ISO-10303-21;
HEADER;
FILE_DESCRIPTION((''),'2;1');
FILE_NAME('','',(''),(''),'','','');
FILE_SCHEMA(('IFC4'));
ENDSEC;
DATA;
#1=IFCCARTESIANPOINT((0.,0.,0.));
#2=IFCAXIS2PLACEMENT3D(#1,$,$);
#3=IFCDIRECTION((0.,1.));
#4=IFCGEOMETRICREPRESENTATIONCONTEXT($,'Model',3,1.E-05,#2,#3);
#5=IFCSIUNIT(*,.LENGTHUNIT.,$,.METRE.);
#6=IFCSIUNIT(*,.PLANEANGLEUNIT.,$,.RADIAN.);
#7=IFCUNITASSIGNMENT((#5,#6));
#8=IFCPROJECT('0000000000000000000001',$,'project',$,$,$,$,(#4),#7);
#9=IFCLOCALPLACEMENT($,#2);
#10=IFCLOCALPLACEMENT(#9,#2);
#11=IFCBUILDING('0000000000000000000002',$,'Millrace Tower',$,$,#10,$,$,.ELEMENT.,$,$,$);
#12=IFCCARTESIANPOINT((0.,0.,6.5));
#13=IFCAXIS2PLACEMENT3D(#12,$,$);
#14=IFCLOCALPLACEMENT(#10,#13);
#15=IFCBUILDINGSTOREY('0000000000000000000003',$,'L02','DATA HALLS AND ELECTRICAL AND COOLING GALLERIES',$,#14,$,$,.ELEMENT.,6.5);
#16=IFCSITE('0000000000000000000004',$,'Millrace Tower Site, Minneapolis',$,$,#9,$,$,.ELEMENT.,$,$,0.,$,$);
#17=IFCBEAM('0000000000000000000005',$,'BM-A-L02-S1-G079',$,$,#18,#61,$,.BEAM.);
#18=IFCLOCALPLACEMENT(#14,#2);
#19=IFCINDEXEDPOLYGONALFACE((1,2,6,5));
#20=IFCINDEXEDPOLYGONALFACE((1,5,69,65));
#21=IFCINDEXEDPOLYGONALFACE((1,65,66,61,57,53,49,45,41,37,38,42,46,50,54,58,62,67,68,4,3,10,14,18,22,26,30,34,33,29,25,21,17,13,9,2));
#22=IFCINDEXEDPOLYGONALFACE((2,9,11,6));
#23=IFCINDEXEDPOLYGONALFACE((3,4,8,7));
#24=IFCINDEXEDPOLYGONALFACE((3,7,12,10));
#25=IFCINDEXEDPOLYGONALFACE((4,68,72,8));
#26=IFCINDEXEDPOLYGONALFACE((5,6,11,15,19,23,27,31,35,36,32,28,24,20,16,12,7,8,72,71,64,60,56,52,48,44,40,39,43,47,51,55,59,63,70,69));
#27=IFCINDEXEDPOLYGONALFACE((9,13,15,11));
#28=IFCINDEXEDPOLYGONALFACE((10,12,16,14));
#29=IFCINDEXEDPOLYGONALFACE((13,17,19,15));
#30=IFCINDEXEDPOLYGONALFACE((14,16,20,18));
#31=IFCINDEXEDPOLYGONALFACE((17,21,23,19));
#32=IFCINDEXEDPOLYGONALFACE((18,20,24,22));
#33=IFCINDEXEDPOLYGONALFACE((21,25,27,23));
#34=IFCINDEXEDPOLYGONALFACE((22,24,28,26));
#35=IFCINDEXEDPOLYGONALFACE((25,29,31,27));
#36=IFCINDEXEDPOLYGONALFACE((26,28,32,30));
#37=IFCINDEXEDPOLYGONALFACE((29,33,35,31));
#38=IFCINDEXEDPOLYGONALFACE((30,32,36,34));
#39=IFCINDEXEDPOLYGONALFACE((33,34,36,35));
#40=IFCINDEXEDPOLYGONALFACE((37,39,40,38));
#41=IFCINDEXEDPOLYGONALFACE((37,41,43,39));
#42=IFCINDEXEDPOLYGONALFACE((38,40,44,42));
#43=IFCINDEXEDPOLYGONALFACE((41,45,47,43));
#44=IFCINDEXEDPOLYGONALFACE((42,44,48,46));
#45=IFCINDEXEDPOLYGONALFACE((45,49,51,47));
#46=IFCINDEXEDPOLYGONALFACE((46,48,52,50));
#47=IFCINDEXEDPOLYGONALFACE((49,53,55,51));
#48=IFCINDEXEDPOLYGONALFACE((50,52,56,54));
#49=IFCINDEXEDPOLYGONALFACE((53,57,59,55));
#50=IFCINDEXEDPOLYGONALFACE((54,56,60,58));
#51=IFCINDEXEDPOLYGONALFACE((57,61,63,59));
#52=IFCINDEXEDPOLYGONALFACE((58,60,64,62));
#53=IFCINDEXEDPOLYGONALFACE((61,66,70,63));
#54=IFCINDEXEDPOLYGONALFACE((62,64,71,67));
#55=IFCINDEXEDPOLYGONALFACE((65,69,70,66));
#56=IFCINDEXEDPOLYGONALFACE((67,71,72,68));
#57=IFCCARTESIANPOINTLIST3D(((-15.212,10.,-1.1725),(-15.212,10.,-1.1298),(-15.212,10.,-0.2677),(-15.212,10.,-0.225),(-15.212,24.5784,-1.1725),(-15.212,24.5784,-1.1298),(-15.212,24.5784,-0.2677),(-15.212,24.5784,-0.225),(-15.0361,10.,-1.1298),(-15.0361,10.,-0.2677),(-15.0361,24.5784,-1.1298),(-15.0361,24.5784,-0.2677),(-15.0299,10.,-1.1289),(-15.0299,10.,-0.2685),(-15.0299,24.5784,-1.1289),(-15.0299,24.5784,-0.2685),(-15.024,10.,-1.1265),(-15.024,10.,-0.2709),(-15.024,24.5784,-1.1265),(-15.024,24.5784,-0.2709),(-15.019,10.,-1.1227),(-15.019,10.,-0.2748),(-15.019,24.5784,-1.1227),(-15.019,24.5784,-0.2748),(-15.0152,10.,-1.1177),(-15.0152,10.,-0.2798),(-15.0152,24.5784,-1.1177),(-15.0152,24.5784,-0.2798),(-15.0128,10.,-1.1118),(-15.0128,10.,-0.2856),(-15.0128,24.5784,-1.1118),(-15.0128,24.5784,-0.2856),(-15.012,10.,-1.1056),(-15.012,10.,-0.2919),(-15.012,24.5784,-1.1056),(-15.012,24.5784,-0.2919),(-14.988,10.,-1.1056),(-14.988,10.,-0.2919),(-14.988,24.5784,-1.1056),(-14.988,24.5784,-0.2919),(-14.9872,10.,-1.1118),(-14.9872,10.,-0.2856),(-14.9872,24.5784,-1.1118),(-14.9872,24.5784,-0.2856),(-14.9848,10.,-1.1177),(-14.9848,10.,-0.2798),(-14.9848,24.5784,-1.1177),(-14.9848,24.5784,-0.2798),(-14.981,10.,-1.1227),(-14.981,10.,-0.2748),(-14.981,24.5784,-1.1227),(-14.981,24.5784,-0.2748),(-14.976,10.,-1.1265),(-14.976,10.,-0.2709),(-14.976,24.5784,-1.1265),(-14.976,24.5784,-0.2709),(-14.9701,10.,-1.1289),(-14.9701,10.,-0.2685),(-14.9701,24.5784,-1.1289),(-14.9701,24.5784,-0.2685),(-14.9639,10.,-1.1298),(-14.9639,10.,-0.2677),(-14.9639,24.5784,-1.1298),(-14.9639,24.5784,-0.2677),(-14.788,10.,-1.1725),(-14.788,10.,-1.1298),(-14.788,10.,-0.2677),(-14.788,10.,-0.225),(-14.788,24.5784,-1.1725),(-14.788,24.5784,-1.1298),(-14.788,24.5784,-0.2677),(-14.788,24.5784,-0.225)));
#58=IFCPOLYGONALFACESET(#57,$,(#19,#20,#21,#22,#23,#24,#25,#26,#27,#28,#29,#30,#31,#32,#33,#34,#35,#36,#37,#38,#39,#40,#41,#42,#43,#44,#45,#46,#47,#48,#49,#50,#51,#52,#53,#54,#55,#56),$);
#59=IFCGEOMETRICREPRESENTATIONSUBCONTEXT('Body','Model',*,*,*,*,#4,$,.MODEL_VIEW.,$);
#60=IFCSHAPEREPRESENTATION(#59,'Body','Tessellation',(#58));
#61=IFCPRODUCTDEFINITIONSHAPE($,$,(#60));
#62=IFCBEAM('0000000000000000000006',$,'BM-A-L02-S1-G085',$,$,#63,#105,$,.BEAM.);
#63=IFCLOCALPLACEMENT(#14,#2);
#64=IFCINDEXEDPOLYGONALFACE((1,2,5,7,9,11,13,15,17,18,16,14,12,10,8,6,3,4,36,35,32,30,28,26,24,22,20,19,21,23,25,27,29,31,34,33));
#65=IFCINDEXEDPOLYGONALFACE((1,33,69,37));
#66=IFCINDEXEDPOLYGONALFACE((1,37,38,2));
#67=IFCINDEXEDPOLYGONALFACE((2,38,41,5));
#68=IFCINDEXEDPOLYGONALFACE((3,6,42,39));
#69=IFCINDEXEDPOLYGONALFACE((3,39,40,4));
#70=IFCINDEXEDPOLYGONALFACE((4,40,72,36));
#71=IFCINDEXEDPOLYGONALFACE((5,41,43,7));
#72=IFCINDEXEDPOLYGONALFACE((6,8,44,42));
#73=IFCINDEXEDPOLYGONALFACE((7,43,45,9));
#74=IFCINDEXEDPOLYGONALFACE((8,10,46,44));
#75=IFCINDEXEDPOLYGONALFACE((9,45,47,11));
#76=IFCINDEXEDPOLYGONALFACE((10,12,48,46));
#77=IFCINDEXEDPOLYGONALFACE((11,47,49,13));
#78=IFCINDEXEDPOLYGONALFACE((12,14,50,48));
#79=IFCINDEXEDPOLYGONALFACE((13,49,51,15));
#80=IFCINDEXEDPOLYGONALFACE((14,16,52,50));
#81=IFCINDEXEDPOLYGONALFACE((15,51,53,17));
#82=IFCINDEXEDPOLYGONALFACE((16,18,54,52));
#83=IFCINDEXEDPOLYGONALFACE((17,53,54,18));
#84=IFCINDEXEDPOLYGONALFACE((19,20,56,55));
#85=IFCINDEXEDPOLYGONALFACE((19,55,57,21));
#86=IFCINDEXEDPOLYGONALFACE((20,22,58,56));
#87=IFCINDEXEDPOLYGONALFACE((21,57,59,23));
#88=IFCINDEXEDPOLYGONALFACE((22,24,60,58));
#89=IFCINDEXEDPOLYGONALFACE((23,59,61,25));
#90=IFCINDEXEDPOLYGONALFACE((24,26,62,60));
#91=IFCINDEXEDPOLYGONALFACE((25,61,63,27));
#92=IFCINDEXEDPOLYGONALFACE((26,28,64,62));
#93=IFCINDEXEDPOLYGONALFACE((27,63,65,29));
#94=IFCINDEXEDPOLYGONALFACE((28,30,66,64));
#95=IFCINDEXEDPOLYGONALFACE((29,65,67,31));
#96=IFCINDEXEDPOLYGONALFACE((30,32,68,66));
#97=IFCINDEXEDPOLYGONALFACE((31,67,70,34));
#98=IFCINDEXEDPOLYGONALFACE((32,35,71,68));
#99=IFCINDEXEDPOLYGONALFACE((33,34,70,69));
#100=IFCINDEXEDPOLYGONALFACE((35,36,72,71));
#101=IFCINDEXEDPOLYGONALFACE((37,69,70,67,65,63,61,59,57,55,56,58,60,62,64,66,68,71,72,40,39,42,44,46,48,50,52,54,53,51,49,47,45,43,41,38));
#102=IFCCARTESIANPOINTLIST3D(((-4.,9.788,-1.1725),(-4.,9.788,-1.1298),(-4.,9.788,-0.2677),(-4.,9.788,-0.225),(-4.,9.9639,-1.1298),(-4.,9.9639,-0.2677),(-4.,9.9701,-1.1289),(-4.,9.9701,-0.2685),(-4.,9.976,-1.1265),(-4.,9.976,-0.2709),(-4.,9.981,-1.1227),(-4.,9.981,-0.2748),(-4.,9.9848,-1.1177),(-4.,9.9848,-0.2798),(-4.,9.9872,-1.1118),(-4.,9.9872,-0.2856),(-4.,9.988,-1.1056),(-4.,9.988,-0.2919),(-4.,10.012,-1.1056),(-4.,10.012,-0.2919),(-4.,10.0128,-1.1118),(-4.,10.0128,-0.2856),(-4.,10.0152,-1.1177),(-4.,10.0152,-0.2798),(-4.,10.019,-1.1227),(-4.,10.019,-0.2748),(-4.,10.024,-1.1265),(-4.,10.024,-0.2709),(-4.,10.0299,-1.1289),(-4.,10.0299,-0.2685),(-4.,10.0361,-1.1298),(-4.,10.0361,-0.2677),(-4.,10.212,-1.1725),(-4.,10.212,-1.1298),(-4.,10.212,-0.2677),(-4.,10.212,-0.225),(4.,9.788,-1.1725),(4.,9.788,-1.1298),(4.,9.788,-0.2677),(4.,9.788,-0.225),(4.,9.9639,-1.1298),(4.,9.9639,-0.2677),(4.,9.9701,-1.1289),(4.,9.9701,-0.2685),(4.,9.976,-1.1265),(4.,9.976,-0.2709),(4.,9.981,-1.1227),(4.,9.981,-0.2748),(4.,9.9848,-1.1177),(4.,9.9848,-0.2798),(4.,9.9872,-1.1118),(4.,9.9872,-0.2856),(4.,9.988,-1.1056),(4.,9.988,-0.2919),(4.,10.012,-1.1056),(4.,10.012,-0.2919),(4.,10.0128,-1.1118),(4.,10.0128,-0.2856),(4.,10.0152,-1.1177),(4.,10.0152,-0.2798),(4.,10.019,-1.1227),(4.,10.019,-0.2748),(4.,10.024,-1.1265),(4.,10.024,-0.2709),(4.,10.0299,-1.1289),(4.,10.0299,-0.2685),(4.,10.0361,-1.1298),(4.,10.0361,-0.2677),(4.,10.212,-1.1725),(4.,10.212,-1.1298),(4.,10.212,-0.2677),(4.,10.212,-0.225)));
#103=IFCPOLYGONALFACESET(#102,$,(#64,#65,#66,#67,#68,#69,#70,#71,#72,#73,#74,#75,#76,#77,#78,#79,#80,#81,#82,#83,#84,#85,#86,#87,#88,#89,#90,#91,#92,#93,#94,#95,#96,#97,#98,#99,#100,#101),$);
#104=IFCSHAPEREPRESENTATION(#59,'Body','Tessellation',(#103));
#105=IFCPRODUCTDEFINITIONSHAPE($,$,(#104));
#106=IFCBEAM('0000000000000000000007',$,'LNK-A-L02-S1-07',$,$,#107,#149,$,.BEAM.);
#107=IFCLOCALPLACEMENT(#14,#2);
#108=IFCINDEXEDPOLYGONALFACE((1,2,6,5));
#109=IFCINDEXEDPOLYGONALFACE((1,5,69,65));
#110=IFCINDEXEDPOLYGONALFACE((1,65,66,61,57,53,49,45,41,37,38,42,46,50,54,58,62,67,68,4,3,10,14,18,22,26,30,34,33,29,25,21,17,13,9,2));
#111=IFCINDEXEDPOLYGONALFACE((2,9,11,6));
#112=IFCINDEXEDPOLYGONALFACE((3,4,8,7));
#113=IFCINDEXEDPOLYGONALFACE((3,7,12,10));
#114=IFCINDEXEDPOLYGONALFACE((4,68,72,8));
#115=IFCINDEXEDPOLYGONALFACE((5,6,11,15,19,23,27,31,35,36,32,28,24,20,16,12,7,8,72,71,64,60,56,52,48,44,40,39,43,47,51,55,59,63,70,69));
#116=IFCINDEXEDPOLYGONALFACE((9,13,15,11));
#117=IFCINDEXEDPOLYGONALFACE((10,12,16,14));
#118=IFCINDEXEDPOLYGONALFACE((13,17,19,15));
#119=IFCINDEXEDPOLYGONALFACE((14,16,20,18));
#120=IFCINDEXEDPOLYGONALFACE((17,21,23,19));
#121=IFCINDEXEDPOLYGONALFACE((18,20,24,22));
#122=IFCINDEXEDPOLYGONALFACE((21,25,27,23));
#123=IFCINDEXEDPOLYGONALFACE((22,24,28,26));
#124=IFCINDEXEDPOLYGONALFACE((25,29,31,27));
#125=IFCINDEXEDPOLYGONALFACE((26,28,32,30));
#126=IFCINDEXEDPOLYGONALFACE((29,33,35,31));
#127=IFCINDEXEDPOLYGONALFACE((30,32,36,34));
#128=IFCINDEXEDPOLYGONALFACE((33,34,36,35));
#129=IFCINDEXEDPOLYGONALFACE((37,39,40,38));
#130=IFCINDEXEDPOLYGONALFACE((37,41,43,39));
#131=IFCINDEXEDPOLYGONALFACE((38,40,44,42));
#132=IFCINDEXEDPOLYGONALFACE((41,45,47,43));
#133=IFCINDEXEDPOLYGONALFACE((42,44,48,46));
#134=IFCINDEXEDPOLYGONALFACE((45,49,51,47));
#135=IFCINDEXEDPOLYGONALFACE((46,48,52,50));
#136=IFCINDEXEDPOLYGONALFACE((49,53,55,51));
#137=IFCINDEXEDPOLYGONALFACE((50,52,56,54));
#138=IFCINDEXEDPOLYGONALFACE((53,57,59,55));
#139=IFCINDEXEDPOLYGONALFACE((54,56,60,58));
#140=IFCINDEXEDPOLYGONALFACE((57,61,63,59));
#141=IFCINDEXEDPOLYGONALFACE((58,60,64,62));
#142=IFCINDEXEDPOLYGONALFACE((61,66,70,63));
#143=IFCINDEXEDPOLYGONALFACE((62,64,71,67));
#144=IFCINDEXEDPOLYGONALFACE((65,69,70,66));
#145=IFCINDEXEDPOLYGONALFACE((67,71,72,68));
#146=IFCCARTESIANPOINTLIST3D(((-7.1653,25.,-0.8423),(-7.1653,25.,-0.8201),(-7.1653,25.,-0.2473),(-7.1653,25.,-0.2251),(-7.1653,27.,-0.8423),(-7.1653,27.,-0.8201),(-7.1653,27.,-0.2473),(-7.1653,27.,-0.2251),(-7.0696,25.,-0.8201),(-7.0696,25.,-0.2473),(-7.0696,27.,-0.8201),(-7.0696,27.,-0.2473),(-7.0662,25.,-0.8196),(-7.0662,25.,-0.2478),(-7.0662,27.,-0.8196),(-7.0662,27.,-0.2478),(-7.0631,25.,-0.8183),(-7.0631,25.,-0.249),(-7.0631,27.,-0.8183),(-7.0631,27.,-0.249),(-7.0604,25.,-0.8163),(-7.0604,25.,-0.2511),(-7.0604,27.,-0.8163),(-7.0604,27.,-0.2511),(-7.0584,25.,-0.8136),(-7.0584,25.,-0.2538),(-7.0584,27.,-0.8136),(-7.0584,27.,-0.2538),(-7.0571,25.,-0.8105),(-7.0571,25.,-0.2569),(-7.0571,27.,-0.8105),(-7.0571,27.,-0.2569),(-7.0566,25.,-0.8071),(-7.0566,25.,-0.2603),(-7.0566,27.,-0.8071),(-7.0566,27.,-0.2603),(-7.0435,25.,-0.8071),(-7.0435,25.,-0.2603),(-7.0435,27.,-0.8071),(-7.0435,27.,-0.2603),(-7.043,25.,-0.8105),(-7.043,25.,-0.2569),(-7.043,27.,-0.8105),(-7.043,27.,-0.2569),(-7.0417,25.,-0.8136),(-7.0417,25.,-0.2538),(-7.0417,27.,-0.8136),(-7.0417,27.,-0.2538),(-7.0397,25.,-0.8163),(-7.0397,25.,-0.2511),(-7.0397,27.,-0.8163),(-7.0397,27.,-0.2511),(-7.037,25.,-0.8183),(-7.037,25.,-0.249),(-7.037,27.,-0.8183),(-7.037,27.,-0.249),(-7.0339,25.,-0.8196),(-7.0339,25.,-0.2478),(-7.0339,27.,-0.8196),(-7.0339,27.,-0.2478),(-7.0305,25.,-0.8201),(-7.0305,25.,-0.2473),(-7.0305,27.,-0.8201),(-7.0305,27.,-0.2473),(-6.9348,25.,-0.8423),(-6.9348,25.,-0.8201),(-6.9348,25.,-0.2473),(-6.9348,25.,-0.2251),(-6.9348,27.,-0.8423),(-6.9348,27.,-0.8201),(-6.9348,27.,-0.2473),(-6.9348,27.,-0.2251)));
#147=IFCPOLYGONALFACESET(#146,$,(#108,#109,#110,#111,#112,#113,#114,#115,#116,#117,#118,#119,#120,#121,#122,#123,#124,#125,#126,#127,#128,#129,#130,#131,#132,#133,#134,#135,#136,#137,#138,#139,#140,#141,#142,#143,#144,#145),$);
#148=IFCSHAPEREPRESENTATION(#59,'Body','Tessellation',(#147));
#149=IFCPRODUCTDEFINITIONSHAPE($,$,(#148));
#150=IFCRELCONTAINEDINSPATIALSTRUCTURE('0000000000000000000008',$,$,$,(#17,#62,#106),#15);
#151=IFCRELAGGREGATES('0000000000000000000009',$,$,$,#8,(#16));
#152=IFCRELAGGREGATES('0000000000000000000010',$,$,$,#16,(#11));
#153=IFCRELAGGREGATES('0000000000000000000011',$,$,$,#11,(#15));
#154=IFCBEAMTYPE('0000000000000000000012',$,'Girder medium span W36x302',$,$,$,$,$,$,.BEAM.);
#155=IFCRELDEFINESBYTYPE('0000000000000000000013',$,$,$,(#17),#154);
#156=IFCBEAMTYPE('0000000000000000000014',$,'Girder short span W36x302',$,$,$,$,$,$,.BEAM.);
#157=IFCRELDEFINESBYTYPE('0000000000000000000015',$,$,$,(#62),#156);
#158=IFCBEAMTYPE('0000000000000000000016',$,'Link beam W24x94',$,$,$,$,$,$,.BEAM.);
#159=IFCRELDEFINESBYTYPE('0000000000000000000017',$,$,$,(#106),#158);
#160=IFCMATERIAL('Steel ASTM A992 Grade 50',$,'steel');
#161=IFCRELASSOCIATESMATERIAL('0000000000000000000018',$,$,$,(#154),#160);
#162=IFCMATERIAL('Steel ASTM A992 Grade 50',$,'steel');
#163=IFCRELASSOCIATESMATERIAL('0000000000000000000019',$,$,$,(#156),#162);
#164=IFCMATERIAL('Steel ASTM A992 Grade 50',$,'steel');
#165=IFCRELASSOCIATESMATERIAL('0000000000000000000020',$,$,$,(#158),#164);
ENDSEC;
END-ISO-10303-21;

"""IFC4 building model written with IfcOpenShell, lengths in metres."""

from ifc_helpers import new_model, si_unit, direction, frame, origin, origin_2d, place, context, subcontext, project, spatial, i_section, extrude, material, material_profile, profile_set, type_object, element, save


model = new_model("IFC4")

# Units and contexts
model_context = context("Model", 3, precision=1e-05, world=origin(), true_north=direction((0.0, 1.0)))
body_context = subcontext(model_context, "Body", "Model", "MODEL_VIEW")
ifc_project = project(units=[si_unit("LENGTHUNIT", "METRE"), si_unit("PLANEANGLEUNIT", "RADIAN")], contexts=[model_context])

# Site, building, storey
site_placement = place(None, origin())
site = spatial("IfcSite", under=ifc_project, at=site_placement, Name="Millrace Tower Site, Minneapolis", CompositionType="ELEMENT", RefElevation=0.0)
building_placement = place(site_placement, origin())
building = spatial("IfcBuilding", under=site, at=building_placement, Name="Millrace Tower", CompositionType="ELEMENT")
storey_placement = place(building_placement, frame((0.0, 0.0, 6.5)))
storey = spatial("IfcBuildingStorey", under=building, at=storey_placement, Name="L02", Description="DATA HALLS AND ELECTRICAL AND COOLING GALLERIES", CompositionType="ELEMENT", Elevation=6.5)

# Beams
ifc_material_1 = material(Name="Steel ASTM A992 Grade 50", Category="steel")
ifc_material_profile_1 = material_profile(ifc_material_1, i_section(OverallWidth=0.4241, OverallDepth=0.9475, WebThickness=0.0239, FlangeThickness=0.0427, FilletRadius=0.0242, at=origin_2d()))
ifc_profile_set_1 = profile_set([ifc_material_profile_1], Name="Steel ASTM A992 Grade 50")
beam_type_1 = type_object("IfcBeamType", Name="Girder medium span W36x302", PredefinedType="BEAM", material=ifc_profile_set_1)
beam_1_placement = place(storey_placement, frame((-15.0, 10.0, -0.6987), z_axis=(0.0, 1.0, 0.0), x_axis=(-1.0, 0.0, 0.0)))
element("IfcBeam", 1, at=beam_1_placement, inside=storey, type_object=beam_type_1, Name="BM-A-L02-S1-G079", PredefinedType="BEAM", context=body_context, shape_type="SweptSolid", body=[
    extrude(i_section(OverallWidth=0.4241, OverallDepth=0.9475, WebThickness=0.0239, FlangeThickness=0.0427, FilletRadius=0.0242, at=origin_2d()), origin(), (0.0, 0.0, 1.0), 14.5784),
])
ifc_material_2 = material(Name="Steel ASTM A992 Grade 50", Category="steel")
ifc_material_profile_2 = material_profile(ifc_material_2, i_section(OverallWidth=0.4241, OverallDepth=0.9475, WebThickness=0.0239, FlangeThickness=0.0427, FilletRadius=0.0242, at=origin_2d()))
ifc_profile_set_2 = profile_set([ifc_material_profile_2], Name="Steel ASTM A992 Grade 50")
beam_type_2 = type_object("IfcBeamType", Name="Girder short span W36x302", PredefinedType="BEAM", material=ifc_profile_set_2)
beam_2_placement = place(storey_placement, frame((-4.0, 10.0, -0.6987), z_axis=(1.0, 0.0, 0.0), x_axis=(0.0, 1.0, 0.0)))
element("IfcBeam", 2, at=beam_2_placement, inside=storey, type_object=beam_type_2, Name="BM-A-L02-S1-G085", PredefinedType="BEAM", context=body_context, shape_type="SweptSolid", body=[
    extrude(i_section(OverallWidth=0.4241, OverallDepth=0.9475, WebThickness=0.0239, FlangeThickness=0.0427, FilletRadius=0.0242, at=origin_2d()), origin(), (0.0, 0.0, 1.0), 8.0),
])
ifc_material_3 = material(Name="Steel ASTM A992 Grade 50", Category="steel")
ifc_material_profile_3 = material_profile(ifc_material_3, i_section(OverallWidth=0.2305, OverallDepth=0.6172, WebThickness=0.0132, FlangeThickness=0.0222, FilletRadius=0.0129, at=origin_2d()))
ifc_profile_set_3 = profile_set([ifc_material_profile_3], Name="Steel ASTM A992 Grade 50")
beam_type_3 = type_object("IfcBeamType", Name="Link beam W24x94", PredefinedType="BEAM", material=ifc_profile_set_3)
beam_3_placement = place(storey_placement, frame((-7.05, 25.0, -0.5337), z_axis=(0.0, 1.0, 0.0), x_axis=(-1.0, 0.0, 0.0)))
element("IfcBeam", 3, at=beam_3_placement, inside=storey, type_object=beam_type_3, Name="LNK-A-L02-S1-07", PredefinedType="BEAM", context=body_context, shape_type="SweptSolid", body=[
    extrude(i_section(OverallWidth=0.2305, OverallDepth=0.6172, WebThickness=0.0132, FlangeThickness=0.0222, FilletRadius=0.0129, at=origin_2d()), origin(), (0.0, 0.0, 1.0), 2.0),
])

save(model, "model.ifc")
